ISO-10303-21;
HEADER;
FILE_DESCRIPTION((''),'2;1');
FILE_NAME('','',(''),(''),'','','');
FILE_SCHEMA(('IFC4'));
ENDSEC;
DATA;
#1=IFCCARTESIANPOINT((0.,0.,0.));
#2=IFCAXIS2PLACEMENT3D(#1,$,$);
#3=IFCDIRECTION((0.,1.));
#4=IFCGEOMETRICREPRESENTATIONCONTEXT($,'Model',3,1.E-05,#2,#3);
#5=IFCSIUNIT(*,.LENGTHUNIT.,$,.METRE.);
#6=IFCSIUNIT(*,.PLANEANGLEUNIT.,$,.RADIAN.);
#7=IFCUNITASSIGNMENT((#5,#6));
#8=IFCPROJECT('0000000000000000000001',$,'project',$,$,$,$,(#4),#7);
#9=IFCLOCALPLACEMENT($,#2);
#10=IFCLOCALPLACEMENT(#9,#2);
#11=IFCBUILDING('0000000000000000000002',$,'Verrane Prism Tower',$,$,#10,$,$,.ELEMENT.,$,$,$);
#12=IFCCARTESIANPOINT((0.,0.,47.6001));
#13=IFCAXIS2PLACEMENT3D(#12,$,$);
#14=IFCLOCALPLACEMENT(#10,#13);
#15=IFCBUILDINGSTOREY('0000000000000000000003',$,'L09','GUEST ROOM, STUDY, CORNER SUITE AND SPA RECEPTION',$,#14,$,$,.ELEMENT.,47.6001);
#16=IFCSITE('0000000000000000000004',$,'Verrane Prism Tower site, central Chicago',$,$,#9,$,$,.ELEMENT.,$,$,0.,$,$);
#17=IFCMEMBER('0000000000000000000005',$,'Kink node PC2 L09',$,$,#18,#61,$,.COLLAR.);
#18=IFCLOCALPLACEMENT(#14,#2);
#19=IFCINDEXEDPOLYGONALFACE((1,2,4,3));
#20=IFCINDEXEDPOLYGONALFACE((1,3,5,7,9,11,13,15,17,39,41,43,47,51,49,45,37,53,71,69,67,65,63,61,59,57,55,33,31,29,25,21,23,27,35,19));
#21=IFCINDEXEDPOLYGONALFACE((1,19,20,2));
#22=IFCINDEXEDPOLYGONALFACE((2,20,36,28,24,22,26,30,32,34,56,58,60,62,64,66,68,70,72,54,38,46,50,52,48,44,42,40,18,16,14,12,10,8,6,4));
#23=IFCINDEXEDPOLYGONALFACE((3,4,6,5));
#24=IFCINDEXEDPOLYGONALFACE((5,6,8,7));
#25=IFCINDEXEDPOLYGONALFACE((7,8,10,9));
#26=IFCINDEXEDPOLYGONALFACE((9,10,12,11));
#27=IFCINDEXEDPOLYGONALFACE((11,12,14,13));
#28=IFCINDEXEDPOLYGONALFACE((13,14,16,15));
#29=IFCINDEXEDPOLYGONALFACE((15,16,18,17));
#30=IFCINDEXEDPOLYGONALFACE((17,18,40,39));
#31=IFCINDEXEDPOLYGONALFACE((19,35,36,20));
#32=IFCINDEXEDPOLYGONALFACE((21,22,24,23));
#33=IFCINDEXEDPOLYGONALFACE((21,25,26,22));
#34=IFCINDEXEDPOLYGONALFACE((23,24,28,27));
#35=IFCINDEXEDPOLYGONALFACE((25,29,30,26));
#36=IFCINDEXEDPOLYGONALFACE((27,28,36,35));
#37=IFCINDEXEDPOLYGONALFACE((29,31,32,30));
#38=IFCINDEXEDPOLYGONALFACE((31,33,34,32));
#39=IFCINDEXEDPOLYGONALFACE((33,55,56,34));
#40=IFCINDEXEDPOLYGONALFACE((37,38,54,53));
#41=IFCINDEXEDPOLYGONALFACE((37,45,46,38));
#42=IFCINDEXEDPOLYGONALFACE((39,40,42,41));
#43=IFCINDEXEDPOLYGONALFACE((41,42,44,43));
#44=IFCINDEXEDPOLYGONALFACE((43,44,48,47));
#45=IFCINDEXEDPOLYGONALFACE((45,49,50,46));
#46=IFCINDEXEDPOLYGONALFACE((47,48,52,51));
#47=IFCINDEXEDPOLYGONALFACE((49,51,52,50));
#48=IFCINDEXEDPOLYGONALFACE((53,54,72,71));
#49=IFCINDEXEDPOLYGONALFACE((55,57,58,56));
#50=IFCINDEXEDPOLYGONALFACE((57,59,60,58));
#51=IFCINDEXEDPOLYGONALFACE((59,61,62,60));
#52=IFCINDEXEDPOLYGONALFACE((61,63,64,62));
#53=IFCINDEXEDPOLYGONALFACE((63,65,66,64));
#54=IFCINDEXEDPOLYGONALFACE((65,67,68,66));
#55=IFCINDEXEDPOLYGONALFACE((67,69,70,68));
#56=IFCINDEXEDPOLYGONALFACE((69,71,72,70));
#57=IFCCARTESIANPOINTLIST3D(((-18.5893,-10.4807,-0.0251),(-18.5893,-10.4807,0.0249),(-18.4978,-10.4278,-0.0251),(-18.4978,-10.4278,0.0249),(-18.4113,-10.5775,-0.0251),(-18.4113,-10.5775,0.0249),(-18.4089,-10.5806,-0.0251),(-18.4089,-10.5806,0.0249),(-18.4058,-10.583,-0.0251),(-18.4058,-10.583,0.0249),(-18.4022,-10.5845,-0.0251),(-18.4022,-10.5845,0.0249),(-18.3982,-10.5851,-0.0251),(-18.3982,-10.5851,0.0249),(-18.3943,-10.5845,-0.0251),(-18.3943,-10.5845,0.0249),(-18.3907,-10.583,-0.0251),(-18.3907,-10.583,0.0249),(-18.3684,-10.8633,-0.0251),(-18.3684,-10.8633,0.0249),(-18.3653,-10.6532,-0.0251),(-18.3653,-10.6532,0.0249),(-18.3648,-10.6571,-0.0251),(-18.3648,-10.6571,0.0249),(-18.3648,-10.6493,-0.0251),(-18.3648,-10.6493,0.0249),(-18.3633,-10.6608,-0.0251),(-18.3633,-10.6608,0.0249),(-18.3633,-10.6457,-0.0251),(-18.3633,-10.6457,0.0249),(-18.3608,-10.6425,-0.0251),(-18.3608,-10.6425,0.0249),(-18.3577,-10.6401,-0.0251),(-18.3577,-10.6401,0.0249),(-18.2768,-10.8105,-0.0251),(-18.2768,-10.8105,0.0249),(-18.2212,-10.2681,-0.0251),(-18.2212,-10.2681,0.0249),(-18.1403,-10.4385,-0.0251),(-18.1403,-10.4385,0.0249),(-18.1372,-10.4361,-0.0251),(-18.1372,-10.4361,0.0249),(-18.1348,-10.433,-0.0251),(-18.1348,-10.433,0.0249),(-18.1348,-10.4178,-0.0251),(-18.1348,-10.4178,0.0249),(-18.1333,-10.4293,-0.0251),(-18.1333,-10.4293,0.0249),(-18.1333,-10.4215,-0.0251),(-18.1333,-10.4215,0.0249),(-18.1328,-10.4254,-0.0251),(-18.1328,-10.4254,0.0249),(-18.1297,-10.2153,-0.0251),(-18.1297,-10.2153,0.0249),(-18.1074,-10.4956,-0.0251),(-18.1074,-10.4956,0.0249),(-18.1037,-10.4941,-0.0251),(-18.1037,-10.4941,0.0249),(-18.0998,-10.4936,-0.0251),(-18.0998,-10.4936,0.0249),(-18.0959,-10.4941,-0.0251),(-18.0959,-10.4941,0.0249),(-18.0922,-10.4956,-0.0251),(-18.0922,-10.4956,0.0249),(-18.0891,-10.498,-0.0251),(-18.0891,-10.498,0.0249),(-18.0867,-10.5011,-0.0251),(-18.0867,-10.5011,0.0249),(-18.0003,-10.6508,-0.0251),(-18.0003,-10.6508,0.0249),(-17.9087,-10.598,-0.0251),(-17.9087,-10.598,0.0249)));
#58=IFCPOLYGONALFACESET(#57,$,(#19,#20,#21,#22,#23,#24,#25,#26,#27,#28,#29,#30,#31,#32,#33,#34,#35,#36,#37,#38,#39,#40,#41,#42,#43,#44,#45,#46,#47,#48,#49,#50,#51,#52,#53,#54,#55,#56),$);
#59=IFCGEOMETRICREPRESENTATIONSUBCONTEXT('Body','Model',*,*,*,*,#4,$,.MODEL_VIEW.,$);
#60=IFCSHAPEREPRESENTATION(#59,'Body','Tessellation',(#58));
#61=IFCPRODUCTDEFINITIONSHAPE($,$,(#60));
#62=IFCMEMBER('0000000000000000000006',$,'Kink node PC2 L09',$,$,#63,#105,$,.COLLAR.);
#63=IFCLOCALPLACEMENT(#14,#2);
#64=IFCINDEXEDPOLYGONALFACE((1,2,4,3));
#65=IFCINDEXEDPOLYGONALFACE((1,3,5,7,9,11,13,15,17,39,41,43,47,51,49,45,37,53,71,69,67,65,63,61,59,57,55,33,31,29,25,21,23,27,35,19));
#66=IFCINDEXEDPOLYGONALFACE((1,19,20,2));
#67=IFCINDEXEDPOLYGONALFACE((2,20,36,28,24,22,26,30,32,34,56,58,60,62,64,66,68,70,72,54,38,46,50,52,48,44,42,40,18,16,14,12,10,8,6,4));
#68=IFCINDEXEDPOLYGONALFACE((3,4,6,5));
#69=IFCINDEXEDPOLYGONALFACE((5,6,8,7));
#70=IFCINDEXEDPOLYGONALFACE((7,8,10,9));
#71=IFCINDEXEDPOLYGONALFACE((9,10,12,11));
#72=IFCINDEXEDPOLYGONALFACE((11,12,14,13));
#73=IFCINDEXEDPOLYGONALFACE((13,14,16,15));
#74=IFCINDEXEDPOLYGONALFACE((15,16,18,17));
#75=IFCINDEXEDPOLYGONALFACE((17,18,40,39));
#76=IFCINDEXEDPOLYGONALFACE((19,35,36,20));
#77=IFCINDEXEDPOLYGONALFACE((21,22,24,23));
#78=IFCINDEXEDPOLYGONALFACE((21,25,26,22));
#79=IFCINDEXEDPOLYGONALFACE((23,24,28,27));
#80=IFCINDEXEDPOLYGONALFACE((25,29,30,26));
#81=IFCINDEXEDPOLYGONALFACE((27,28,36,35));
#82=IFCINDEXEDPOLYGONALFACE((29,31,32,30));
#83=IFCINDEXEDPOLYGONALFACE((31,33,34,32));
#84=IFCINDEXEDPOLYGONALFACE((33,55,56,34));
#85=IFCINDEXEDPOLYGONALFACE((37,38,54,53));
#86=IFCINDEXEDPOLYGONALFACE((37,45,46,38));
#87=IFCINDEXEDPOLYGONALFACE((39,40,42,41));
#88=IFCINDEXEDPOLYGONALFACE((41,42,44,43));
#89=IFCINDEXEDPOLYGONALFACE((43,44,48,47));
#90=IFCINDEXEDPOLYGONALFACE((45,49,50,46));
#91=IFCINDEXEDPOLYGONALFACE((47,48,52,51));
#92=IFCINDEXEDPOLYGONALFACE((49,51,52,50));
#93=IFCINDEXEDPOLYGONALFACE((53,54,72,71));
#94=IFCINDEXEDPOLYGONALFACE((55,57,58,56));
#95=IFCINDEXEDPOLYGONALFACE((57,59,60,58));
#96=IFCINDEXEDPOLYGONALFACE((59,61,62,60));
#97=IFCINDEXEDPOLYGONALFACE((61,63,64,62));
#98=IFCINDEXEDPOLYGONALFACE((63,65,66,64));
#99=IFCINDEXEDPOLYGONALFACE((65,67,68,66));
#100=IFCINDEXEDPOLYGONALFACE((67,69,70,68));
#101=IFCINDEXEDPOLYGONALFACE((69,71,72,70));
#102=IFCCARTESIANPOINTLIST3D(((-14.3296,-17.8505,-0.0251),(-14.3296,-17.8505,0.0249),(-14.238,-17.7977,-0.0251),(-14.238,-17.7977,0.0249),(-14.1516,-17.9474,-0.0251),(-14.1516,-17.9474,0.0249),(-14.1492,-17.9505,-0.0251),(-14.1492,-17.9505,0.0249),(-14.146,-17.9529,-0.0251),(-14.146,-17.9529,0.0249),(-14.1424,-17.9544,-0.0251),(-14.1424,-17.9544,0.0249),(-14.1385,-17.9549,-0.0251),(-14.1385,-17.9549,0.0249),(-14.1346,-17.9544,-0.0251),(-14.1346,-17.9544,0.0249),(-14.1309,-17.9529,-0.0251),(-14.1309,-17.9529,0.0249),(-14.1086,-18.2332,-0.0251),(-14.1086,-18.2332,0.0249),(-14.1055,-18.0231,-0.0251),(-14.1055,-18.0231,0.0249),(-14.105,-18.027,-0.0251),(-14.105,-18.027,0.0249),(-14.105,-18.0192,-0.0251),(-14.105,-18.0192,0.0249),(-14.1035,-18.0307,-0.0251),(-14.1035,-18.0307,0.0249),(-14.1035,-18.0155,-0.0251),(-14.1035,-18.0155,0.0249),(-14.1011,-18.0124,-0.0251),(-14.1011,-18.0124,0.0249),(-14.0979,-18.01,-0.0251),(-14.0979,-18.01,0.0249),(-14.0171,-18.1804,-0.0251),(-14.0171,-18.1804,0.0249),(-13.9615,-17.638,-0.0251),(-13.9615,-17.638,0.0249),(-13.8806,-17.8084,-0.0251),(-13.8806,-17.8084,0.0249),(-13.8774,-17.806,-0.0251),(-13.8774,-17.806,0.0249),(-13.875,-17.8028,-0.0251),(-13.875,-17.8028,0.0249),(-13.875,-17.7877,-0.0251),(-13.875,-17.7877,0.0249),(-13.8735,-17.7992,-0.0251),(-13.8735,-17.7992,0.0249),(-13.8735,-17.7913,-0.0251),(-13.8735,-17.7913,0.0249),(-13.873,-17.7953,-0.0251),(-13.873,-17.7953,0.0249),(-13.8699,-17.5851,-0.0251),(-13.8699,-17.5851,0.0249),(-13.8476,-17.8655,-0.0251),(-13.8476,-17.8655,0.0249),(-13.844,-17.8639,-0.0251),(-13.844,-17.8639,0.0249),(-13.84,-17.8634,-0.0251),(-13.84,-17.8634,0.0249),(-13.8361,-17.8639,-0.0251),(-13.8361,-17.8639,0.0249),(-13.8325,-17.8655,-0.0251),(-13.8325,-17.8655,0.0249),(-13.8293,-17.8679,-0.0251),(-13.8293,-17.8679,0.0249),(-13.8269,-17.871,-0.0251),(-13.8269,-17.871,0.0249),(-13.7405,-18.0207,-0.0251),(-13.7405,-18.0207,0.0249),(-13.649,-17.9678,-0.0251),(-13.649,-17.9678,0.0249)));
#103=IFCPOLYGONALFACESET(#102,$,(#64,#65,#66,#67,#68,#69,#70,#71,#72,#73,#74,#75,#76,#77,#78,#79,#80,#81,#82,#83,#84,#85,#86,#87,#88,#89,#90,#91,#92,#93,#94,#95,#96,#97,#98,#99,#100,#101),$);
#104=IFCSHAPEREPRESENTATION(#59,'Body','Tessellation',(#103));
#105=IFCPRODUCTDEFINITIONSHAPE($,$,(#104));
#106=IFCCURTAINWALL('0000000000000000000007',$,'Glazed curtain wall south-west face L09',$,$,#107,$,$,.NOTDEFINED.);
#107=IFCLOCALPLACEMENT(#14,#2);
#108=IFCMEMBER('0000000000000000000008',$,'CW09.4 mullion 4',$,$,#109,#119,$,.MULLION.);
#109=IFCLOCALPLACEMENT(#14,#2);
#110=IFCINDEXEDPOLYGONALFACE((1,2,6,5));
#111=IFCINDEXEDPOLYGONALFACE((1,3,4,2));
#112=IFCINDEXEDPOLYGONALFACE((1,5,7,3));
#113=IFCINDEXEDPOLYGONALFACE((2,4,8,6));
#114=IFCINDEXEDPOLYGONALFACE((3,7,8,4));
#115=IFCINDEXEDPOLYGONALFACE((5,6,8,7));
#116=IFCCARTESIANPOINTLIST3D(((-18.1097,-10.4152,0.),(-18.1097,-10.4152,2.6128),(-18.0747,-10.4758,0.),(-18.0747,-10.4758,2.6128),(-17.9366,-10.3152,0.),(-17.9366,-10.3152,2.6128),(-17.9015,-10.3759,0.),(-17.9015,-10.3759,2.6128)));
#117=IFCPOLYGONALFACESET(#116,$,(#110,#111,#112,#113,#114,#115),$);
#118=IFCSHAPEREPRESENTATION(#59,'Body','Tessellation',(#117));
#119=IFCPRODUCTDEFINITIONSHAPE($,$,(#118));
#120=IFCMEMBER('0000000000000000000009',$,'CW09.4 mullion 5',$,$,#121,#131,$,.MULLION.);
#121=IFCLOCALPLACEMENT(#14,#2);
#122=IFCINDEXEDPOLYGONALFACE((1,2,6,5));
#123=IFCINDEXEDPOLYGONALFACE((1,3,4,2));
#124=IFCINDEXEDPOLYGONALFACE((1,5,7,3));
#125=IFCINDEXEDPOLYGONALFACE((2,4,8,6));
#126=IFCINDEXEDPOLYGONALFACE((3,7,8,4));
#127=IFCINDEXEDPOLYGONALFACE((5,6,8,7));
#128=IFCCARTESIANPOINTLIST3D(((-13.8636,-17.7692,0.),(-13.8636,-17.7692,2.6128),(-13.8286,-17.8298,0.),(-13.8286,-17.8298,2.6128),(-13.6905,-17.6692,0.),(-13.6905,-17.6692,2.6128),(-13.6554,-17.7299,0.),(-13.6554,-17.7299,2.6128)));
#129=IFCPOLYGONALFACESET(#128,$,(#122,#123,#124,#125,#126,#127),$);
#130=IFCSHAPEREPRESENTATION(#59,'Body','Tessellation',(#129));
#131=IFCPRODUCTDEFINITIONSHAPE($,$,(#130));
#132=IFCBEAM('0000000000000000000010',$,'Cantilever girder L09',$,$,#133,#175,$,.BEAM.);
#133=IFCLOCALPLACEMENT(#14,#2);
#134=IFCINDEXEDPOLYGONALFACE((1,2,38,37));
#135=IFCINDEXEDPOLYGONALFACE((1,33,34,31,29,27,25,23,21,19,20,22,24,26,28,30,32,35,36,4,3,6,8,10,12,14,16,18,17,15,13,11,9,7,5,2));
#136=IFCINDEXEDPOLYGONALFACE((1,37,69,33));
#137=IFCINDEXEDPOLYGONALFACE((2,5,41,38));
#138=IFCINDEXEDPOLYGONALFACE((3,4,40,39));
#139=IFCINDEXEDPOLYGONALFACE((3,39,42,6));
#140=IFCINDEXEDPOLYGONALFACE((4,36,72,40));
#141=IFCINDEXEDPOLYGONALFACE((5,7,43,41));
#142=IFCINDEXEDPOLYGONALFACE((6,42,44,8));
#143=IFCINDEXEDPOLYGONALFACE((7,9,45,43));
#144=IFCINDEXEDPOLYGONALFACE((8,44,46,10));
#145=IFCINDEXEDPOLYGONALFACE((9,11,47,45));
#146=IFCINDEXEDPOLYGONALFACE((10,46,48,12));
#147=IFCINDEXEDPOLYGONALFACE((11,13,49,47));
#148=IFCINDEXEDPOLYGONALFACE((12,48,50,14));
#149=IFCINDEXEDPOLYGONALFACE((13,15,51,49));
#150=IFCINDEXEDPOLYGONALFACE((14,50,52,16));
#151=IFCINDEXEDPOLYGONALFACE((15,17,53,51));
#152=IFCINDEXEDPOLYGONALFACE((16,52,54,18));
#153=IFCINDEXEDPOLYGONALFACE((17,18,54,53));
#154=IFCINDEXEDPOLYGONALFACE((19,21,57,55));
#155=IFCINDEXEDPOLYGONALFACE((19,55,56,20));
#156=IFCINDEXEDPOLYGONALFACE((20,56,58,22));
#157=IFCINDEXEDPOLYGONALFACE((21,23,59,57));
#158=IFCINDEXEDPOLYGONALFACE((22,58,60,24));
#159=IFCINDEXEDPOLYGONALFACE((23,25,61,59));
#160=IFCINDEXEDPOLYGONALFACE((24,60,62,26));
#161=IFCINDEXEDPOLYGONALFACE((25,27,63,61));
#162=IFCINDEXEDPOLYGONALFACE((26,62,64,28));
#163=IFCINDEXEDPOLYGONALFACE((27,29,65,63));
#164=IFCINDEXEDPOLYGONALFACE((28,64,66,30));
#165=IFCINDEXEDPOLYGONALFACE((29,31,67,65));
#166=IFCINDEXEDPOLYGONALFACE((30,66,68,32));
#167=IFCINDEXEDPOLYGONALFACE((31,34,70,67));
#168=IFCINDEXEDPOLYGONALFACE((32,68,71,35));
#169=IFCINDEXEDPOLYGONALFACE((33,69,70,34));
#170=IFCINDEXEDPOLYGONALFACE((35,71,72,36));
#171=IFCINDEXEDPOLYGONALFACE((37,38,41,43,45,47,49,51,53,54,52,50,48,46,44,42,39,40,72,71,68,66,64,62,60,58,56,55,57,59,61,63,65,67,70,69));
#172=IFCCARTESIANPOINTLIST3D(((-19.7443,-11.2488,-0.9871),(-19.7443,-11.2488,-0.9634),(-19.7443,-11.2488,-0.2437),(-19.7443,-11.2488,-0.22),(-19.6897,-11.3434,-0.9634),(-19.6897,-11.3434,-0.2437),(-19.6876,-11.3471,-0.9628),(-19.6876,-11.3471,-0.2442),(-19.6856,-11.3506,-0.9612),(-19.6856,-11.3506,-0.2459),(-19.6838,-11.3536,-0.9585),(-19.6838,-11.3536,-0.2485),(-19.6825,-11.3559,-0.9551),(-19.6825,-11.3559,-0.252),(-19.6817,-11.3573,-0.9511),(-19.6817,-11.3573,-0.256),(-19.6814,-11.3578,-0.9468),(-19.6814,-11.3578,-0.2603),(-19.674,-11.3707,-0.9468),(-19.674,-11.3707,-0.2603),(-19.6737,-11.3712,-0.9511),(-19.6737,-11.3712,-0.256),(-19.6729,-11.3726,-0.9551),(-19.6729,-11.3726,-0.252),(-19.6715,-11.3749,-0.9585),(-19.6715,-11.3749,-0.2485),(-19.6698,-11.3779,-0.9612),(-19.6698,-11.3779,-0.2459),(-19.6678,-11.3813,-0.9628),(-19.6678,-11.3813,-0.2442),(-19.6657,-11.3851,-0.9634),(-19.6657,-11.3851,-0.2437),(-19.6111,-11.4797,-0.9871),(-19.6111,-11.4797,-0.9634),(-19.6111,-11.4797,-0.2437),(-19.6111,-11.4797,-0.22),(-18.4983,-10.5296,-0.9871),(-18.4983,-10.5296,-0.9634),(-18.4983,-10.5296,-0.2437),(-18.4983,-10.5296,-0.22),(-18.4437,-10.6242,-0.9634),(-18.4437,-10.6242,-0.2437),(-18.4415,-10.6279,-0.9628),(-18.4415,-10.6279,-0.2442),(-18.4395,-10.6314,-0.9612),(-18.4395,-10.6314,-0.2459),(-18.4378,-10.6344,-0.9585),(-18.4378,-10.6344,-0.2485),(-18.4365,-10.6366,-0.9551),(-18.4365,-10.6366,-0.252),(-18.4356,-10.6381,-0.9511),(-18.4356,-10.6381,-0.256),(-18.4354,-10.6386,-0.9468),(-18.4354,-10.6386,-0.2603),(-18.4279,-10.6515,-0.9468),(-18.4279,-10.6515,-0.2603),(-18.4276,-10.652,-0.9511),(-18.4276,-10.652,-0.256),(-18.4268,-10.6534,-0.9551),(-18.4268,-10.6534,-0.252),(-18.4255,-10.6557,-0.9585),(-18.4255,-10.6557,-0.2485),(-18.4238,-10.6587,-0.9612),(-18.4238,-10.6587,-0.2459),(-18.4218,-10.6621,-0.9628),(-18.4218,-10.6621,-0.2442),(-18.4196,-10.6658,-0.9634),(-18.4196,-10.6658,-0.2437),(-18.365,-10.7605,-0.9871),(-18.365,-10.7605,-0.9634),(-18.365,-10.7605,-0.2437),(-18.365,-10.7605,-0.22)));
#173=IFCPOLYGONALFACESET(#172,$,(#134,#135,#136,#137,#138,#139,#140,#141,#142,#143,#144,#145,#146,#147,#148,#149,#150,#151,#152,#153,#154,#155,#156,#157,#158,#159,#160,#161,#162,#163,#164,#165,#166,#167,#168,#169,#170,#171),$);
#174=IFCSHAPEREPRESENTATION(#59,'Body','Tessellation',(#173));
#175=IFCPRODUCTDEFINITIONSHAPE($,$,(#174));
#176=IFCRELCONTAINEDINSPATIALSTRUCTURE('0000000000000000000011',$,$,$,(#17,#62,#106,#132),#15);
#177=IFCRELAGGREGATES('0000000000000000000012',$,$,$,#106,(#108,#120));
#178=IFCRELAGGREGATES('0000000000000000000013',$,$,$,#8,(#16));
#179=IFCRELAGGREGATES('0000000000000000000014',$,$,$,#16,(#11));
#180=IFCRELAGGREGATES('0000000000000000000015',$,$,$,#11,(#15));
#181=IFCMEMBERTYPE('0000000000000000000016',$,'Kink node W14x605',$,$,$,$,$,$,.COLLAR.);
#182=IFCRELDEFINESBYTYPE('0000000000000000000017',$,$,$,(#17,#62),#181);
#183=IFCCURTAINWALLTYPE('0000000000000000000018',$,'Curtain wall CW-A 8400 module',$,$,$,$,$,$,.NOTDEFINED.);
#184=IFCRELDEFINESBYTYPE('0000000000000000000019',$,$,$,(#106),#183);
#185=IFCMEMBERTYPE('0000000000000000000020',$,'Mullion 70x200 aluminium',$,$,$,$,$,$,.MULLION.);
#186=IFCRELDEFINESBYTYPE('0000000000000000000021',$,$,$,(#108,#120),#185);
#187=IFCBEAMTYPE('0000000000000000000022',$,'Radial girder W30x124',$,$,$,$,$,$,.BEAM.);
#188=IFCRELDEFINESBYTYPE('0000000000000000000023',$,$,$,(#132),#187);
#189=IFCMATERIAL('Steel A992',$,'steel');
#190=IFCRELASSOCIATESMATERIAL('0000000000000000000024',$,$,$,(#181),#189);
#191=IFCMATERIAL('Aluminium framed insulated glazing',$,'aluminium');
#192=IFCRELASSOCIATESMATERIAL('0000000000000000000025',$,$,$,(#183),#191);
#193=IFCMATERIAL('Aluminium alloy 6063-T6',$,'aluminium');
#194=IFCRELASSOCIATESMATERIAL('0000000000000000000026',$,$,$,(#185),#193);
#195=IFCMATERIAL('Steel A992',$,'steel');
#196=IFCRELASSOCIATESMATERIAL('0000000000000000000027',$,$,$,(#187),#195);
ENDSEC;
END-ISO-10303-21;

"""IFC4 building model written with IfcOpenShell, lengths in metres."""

from ifc_helpers import new_model, si_unit, direction, frame, origin, origin_2d, place, context, subcontext, project, spatial, rectangle, i_section, extrude, material, material_profile, profile_set, type_object, element, aggregate, save


model = new_model("IFC4")

# Units and contexts
model_context = context("Model", 3, precision=1e-05, world=origin(), true_north=direction((0.0, 1.0)))
body_context = subcontext(model_context, "Body", "Model", "MODEL_VIEW")
ifc_project = project(units=[si_unit("LENGTHUNIT", "METRE"), si_unit("PLANEANGLEUNIT", "RADIAN")], contexts=[model_context])

# Site, building, storey
site_placement = place(None, origin())
site = spatial("IfcSite", under=ifc_project, at=site_placement, Name="Verrane Prism Tower site, central Chicago", CompositionType="ELEMENT", RefElevation=0.0)
building_placement = place(site_placement, origin())
building = spatial("IfcBuilding", under=site, at=building_placement, Name="Verrane Prism Tower", CompositionType="ELEMENT")
storey_placement = place(building_placement, frame((0.0, 0.0, 47.6001)))
storey = spatial("IfcBuildingStorey", under=building, at=storey_placement, Name="L09", Description="GUEST ROOM, STUDY, CORNER SUITE AND SPA RECEPTION", CompositionType="ELEMENT", Elevation=47.6001)

# Members
ifc_material_1 = material(Name="Steel A992", Category="steel")
ifc_material_profile_1 = material_profile(ifc_material_1, i_section(OverallWidth=0.4419, OverallDepth=0.5308, WebThickness=0.0659, FlangeThickness=0.1057, FilletRadius=0.0151, at=origin_2d()), Name="W14x605")
ifc_profile_set_1 = profile_set([ifc_material_profile_1], Name="Steel A992")
member_type_1 = type_object("IfcMemberType", Name="Kink node W14x605", PredefinedType="COLLAR", material=ifc_profile_set_1)
for number, where, z_axis, x_axis, name in (
    (1, (-18.249, -10.5393, -0.0251), (0.0, 0.0, 1.0), (-0.5, 0.866025, 0.0), "Kink node PC2 L09"),
    (2, (-13.9893, -17.9092, -0.0251), (0.0, 0.0, 1.0), (-0.5, 0.866025, 0.0), "Kink node PC2 L09"),
):
    element("IfcMember", number, at=place(storey_placement, frame(where, z_axis=z_axis, x_axis=x_axis)), inside=storey, type_object=member_type_1, Name=name, PredefinedType="COLLAR", context=body_context, shape_type="SweptSolid", body=[
        extrude(i_section(OverallWidth=0.4419, OverallDepth=0.5308, WebThickness=0.0659, FlangeThickness=0.1057, FilletRadius=0.0151, at=origin_2d()), origin(), (0.0, 0.0, 1.0), 0.05),
    ])

# Curtain wall, members
ifc_material_2 = material(Name="Aluminium framed insulated glazing", Category="aluminium")
curtain_wall_type = type_object("IfcCurtainWallType", Name="Curtain wall CW-A 8400 module", PredefinedType="NOTDEFINED", material=ifc_material_2)
curtain_wall_placement = place(storey_placement, origin())
curtain_wall = element("IfcCurtainWall", 3, at=curtain_wall_placement, inside=storey, type_object=curtain_wall_type, Name="Glazed curtain wall south-west face L09", PredefinedType="NOTDEFINED")
ifc_material_3 = material(Name="Aluminium alloy 6063-T6", Category="aluminium")
ifc_material_profile_2 = material_profile(ifc_material_3, rectangle(XDim=0.2, YDim=0.0701, at=origin_2d()), Name="Mullion 70x200 aluminium")
ifc_profile_set_2 = profile_set([ifc_material_profile_2], Name="Aluminium alloy 6063-T6")
member_type_2 = type_object("IfcMemberType", Name="Mullion 70x200 aluminium", PredefinedType="MULLION", material=ifc_profile_set_2)
member_1_placement = place(storey_placement, frame((-18.0056, -10.3955, 0.0), z_axis=(0.0, 0.0, 1.0), x_axis=(0.866026, 0.499999, 0.0)))
member_1 = element("IfcMember", 4, at=member_1_placement, type_object=member_type_2, Name="CW09.4 mullion 4", PredefinedType="MULLION", context=body_context, shape_type="SweptSolid", body=[
    extrude(rectangle(XDim=0.2, YDim=0.0701, at=origin_2d()), origin(), (0.0, 0.0, 1.0), 2.6128),
])
member_2_placement = place(storey_placement, frame((-13.7595, -17.7495, 0.0), z_axis=(0.0, 0.0, 1.0), x_axis=(0.866026, 0.499999, 0.0)))
member_2 = element("IfcMember", 5, at=member_2_placement, type_object=member_type_2, Name="CW09.4 mullion 5", PredefinedType="MULLION", context=body_context, shape_type="SweptSolid", body=[
    extrude(rectangle(XDim=0.2, YDim=0.0701, at=origin_2d()), origin(), (0.0, 0.0, 1.0), 2.6128),
])

# Beam
ifc_material_4 = material(Name="Steel A992", Category="steel")
ifc_material_profile_3 = material_profile(ifc_material_4, i_section(OverallWidth=0.2666, OverallDepth=0.7671, WebThickness=0.0149, FlangeThickness=0.0237, FilletRadius=0.0166, at=origin_2d()), Name="W30x124")
ifc_profile_set_3 = profile_set([ifc_material_profile_3], Name="Steel A992")
beam_type_1 = type_object("IfcBeamType", Name="Radial girder W30x124", PredefinedType="BEAM", material=ifc_profile_set_3)
beam_1_placement = place(storey_placement, frame((-18.4316, -10.645, -0.6035), z_axis=(-0.866084, -0.499899, 0.0), x_axis=(0.499899, -0.866084, 0.0)))
element("IfcBeam", 6, at=beam_1_placement, inside=storey, type_object=beam_type_1, Name="Cantilever girder L09", PredefinedType="BEAM", context=body_context, shape_type="SweptSolid", body=[
    extrude(i_section(OverallWidth=0.2666, OverallDepth=0.7671, WebThickness=0.0149, FlangeThickness=0.0237, FilletRadius=0.0166, at=origin_2d()), origin(), (0.0, 0.0, 1.0), 1.4387),
])

aggregate(curtain_wall, [member_1, member_2])

save(model, "model.ifc")
